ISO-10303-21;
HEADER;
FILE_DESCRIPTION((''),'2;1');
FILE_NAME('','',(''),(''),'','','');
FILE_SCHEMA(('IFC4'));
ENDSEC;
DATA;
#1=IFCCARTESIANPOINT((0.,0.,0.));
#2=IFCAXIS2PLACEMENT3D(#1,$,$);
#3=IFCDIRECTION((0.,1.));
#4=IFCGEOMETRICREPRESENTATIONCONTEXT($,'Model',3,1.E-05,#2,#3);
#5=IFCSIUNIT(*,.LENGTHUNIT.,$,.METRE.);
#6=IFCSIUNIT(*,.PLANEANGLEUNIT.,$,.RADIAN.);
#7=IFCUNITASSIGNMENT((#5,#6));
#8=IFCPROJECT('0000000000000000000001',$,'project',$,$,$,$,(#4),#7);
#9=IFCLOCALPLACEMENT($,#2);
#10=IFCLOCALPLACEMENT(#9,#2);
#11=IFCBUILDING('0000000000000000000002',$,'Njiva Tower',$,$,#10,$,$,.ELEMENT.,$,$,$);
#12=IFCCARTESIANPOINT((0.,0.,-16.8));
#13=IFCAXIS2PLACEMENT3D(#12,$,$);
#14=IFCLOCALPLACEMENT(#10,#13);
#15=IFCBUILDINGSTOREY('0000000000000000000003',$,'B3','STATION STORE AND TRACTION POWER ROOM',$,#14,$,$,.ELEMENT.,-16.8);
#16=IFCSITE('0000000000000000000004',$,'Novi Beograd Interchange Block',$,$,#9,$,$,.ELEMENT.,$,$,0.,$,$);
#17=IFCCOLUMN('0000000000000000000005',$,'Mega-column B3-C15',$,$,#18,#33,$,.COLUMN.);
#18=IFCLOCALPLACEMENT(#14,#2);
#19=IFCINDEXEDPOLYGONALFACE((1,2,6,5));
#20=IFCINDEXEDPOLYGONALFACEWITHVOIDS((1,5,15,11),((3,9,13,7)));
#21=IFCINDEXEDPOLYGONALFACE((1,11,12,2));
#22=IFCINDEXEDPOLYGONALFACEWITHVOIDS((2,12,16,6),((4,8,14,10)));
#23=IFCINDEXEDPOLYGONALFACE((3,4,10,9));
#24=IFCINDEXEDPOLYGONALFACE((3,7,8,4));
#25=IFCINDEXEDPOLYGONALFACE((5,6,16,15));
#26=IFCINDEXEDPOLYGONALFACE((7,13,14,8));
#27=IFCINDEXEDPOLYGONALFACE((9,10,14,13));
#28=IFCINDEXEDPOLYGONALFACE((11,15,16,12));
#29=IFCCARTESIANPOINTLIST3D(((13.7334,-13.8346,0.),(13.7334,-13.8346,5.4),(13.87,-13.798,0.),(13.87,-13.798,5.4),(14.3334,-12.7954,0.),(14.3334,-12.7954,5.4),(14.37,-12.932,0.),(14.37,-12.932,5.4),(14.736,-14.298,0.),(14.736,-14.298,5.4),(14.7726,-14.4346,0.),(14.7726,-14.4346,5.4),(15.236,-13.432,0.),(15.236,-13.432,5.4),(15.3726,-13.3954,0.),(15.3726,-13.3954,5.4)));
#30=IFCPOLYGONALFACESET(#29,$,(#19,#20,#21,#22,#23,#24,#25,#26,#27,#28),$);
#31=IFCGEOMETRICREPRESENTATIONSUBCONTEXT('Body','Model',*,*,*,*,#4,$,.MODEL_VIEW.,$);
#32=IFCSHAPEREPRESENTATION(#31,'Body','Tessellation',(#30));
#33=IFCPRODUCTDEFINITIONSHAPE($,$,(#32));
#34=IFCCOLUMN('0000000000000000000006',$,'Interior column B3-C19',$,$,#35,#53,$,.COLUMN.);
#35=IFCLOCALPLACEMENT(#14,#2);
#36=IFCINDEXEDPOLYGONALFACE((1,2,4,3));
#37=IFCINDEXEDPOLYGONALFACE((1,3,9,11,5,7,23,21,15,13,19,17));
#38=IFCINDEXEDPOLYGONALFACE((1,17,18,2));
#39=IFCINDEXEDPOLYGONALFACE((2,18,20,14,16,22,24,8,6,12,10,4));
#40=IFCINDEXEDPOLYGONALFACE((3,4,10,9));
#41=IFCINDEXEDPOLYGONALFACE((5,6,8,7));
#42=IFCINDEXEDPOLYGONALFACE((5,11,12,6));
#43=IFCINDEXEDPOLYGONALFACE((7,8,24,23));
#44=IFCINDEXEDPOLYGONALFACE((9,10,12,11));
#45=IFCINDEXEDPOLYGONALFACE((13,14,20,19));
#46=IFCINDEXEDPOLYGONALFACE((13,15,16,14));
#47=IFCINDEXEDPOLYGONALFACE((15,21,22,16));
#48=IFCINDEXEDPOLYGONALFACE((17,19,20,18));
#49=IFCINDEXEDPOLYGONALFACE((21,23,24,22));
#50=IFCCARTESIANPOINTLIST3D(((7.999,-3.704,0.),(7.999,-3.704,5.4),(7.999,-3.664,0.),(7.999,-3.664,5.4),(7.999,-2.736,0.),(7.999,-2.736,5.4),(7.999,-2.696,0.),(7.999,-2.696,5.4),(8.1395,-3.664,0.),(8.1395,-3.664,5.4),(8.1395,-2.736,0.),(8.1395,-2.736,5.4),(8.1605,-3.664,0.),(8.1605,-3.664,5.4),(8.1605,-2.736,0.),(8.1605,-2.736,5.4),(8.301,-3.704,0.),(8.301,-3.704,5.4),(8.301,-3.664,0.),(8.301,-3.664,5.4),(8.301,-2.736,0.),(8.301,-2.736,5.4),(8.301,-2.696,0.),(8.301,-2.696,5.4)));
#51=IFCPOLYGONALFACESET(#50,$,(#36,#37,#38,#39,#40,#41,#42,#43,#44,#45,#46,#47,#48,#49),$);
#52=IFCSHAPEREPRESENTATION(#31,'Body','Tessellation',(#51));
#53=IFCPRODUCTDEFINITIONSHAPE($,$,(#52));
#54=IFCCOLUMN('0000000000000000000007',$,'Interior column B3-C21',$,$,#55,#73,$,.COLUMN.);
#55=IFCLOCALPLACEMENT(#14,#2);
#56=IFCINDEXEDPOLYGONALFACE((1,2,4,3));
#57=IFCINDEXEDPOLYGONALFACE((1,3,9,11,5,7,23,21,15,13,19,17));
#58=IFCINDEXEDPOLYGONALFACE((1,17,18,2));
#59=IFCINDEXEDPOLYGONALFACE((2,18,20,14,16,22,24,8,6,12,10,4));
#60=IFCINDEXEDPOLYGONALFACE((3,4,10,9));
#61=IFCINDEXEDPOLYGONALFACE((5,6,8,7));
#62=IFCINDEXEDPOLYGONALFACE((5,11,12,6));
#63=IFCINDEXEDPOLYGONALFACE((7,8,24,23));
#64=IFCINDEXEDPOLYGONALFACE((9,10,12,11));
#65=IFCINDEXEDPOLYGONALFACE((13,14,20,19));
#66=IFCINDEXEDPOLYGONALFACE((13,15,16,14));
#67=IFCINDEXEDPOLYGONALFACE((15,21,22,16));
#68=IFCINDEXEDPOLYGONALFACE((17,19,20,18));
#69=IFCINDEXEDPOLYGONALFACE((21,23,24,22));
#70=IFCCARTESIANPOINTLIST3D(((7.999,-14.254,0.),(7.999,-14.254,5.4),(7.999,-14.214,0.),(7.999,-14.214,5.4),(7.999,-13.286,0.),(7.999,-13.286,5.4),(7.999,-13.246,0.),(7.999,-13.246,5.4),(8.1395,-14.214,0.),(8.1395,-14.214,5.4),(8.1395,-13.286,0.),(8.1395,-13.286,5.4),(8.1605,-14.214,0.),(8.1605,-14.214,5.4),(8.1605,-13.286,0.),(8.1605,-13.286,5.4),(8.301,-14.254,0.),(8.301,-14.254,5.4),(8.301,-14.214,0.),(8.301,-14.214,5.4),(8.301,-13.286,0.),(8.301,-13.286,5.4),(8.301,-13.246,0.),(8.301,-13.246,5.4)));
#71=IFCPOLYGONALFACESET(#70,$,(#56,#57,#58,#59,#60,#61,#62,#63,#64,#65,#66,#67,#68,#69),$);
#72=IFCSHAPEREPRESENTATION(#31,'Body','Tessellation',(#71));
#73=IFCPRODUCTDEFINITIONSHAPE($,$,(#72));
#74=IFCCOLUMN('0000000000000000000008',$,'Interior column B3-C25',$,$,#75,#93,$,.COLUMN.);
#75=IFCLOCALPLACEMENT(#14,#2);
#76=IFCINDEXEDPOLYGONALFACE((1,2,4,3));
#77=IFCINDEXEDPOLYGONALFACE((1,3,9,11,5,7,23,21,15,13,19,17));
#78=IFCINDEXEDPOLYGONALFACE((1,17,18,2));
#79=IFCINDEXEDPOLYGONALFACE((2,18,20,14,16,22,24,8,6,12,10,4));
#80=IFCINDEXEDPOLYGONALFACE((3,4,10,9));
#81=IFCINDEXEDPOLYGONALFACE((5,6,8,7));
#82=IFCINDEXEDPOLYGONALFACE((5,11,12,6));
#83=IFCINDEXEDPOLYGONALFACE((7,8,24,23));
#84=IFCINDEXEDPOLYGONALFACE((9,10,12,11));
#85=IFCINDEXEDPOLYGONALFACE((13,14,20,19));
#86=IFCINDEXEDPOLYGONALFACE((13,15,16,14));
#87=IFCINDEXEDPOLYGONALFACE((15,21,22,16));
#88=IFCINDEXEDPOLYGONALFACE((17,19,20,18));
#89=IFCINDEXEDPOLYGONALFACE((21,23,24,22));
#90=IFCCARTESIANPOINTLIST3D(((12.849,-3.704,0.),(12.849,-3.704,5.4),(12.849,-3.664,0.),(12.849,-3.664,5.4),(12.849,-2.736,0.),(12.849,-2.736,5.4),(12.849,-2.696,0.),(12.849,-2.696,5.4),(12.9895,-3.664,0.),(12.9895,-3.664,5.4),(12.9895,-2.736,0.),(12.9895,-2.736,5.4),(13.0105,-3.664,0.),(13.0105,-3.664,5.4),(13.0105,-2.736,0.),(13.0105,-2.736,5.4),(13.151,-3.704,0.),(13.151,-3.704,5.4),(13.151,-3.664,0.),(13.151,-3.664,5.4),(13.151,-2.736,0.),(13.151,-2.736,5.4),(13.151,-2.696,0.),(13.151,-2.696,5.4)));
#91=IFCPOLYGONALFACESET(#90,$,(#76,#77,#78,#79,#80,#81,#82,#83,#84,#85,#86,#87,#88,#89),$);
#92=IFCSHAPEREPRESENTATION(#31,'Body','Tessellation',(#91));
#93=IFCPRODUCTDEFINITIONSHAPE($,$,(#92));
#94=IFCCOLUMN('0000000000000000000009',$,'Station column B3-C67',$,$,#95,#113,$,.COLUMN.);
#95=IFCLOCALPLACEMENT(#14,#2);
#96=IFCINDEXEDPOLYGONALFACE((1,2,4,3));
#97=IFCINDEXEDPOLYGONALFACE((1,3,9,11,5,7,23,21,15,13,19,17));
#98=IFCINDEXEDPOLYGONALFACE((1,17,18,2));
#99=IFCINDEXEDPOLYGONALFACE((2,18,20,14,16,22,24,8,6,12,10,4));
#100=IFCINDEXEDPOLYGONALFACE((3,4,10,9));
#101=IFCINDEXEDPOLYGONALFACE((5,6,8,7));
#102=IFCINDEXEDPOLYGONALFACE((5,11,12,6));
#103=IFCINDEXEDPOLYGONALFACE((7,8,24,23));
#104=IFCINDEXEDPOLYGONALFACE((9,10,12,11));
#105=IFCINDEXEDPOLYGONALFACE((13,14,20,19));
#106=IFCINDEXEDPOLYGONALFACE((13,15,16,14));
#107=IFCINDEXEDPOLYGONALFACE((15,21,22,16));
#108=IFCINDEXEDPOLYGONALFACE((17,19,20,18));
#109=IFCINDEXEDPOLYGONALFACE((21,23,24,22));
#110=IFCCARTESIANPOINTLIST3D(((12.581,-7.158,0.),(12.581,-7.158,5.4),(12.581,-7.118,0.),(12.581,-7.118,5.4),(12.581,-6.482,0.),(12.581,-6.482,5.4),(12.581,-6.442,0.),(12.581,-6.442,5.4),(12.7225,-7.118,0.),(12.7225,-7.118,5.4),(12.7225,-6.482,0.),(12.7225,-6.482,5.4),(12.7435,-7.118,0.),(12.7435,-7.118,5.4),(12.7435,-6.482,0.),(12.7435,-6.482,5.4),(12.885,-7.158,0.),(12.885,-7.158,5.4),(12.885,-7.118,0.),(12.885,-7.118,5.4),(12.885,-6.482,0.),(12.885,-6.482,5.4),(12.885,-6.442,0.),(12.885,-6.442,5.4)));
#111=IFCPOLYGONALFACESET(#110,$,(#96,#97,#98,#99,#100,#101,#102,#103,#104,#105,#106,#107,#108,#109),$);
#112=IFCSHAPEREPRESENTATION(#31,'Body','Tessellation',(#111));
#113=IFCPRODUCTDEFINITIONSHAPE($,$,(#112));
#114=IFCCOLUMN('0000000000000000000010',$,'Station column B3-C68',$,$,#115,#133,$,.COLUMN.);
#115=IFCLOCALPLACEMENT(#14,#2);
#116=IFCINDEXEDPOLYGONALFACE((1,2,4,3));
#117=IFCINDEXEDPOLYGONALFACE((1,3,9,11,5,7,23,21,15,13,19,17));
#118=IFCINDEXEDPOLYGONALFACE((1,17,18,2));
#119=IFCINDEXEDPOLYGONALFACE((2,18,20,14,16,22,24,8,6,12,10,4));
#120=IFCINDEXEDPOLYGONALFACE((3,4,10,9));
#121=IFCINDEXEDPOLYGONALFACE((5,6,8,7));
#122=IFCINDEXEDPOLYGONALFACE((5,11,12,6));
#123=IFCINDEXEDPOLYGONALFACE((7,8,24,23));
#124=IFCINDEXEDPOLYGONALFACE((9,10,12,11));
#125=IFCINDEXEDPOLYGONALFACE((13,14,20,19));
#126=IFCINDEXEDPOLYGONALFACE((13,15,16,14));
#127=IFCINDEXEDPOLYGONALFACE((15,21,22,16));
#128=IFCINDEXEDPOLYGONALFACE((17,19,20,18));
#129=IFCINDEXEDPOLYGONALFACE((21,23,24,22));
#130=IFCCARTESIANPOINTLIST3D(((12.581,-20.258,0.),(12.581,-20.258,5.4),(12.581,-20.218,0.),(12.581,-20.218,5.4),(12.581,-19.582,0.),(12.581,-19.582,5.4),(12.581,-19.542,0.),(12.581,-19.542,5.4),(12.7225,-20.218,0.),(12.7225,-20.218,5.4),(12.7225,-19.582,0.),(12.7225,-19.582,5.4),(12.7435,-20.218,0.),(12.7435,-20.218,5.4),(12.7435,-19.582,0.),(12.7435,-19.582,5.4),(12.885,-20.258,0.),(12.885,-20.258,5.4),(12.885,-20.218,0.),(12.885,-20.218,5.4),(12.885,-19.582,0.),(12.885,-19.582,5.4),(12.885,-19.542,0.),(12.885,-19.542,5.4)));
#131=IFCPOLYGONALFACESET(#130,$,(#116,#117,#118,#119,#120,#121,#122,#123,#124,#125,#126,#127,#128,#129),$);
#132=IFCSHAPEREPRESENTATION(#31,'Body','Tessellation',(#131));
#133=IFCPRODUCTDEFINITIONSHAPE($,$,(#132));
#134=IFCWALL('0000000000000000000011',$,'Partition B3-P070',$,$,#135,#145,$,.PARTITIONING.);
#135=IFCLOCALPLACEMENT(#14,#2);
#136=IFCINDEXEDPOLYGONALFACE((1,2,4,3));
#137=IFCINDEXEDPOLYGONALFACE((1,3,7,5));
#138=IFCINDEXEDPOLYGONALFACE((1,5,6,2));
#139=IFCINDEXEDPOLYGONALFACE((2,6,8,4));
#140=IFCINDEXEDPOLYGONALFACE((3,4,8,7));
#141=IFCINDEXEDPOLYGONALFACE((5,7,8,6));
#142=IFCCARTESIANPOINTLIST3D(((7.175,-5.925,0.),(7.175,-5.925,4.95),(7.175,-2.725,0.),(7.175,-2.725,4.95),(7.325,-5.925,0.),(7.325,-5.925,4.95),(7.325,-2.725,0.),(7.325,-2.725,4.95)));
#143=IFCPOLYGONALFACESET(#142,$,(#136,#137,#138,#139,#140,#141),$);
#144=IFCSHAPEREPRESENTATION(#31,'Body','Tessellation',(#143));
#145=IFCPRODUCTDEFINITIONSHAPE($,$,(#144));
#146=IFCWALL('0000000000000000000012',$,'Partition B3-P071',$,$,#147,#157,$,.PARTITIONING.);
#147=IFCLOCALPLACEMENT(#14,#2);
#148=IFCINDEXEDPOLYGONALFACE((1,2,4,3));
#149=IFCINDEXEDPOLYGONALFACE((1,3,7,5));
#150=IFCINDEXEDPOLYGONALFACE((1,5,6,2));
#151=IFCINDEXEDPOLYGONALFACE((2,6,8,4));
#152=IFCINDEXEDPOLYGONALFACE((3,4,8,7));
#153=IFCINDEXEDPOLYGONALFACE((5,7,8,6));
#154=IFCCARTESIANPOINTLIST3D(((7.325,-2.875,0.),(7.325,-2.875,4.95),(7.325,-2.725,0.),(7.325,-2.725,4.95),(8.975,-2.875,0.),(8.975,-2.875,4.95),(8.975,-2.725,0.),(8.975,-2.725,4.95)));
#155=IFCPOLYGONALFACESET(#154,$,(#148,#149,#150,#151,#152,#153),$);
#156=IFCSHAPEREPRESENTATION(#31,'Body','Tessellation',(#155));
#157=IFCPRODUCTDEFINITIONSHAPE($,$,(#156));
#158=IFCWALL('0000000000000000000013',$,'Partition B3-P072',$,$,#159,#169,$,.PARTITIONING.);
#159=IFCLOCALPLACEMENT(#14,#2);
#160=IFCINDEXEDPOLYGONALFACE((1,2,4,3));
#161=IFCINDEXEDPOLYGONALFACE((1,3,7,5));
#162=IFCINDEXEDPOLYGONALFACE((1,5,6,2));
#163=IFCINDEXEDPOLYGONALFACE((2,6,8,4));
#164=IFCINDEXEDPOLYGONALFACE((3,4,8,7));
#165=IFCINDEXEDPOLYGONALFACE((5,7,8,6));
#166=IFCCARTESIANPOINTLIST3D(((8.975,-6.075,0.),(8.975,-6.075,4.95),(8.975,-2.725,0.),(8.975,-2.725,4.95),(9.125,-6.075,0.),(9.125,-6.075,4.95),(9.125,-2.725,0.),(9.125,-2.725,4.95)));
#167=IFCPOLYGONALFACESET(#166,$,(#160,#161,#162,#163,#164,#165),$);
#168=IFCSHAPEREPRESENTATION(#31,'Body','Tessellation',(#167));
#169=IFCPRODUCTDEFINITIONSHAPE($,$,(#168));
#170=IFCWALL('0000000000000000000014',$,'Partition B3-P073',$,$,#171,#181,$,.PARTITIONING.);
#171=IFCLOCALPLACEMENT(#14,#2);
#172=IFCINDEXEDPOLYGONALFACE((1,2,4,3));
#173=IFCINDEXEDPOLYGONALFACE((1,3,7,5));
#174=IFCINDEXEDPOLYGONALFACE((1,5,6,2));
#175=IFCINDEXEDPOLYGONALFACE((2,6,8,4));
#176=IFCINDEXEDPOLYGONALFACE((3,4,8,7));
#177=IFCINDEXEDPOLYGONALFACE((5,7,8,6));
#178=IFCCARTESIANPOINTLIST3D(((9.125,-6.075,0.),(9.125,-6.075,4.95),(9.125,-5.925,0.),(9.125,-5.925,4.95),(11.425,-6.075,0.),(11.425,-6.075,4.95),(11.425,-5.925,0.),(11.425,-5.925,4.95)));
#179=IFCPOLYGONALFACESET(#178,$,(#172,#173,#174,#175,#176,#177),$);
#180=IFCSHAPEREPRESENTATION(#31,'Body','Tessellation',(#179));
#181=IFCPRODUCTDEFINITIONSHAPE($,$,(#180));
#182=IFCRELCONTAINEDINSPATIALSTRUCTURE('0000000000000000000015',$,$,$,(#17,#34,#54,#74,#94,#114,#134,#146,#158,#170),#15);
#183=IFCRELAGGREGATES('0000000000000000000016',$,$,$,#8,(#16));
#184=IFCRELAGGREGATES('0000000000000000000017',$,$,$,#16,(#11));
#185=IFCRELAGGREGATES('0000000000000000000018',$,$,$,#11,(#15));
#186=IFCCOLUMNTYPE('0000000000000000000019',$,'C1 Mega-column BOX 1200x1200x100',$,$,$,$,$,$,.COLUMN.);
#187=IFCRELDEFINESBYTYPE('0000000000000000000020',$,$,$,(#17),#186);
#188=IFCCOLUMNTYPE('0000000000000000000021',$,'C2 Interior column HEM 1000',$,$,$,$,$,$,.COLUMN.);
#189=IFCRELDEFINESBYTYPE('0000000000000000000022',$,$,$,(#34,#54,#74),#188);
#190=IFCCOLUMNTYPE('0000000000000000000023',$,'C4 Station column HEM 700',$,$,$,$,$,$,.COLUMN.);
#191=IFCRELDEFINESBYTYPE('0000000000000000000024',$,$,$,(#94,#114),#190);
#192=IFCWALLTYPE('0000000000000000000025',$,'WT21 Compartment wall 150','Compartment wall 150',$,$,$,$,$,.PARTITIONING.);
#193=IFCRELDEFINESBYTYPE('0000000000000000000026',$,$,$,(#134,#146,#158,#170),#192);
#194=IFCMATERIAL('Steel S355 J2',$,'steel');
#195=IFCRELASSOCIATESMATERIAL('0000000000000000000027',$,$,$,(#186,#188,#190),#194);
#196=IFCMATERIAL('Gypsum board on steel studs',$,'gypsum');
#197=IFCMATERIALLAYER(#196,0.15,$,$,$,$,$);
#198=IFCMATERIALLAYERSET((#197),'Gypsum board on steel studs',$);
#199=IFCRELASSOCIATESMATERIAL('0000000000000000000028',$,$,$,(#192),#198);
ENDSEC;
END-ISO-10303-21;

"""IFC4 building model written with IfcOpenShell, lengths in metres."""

from ifc_helpers import new_model, si_unit, direction, frame, frame_2d, origin, origin_2d, place, context, subcontext, project, spatial, rectangle, hollow_rectangle, i_section, extrude, material, layer, layer_set, material_profile, profile_set, type_object, element, save


model = new_model("IFC4")

# Units and contexts
model_context = context("Model", 3, precision=1e-05, world=origin(), true_north=direction((0.0, 1.0)))
body_context = subcontext(model_context, "Body", "Model", "MODEL_VIEW")
ifc_project = project(units=[si_unit("LENGTHUNIT", "METRE"), si_unit("PLANEANGLEUNIT", "RADIAN")], contexts=[model_context])

# Site, building, storey
site_placement = place(None, origin())
site = spatial("IfcSite", under=ifc_project, at=site_placement, Name="Novi Beograd Interchange Block", CompositionType="ELEMENT", RefElevation=0.0)
building_placement = place(site_placement, origin())
building = spatial("IfcBuilding", under=site, at=building_placement, Name="Njiva Tower", CompositionType="ELEMENT")
storey_placement = place(building_placement, frame((0.0, 0.0, -16.8)))
storey = spatial("IfcBuildingStorey", under=building, at=storey_placement, Name="B3", Description="STATION STORE AND TRACTION POWER ROOM", CompositionType="ELEMENT", Elevation=-16.8)

# Columns
ifc_material_1 = material(Name="Steel S355 J2", Category="steel")
ifc_material_profile_1 = material_profile(ifc_material_1, hollow_rectangle(XDim=1.2, YDim=1.2, WallThickness=0.1, at=origin_2d()), Name="BOX 1200x1200x100")
ifc_profile_set_1 = profile_set([ifc_material_profile_1], Name="Steel S355 J2")
column_type_1 = type_object("IfcColumnType", Name="C1 Mega-column BOX 1200x1200x100", PredefinedType="COLUMN", material=ifc_profile_set_1)
column_placement = place(storey_placement, frame((14.553, -13.615, 0.0), z_axis=(0.0, 0.0, 1.0), x_axis=(0.5, 0.866025, 0.0)))
element("IfcColumn", 1, at=column_placement, inside=storey, type_object=column_type_1, Name="Mega-column B3-C15", PredefinedType="COLUMN", context=body_context, shape_type="SweptSolid", body=[
    extrude(hollow_rectangle(XDim=1.2, YDim=1.2, WallThickness=0.1, at=origin_2d()), origin(), (0.0, 0.0, 1.0), 5.4),
])
ifc_material_profile_2 = material_profile(ifc_material_1, i_section(OverallWidth=0.302, OverallDepth=1.008, WebThickness=0.021, FlangeThickness=0.04, at=origin_2d()), Name="HEM 1000")
ifc_profile_set_2 = profile_set([ifc_material_profile_2], Name="Steel S355 J2")
column_type_2 = type_object("IfcColumnType", Name="C2 Interior column HEM 1000", PredefinedType="COLUMN", material=ifc_profile_set_2)
for number, where, z_axis, x_axis, name in (
    (2, (8.15, -3.2, 0.0), (0.0, 0.0, 1.0), (1.0, 0.0, 0.0), "Interior column B3-C19"),
    (3, (8.15, -13.75, 0.0), (0.0, 0.0, 1.0), (1.0, 0.0, 0.0), "Interior column B3-C21"),
    (4, (13.0, -3.2, 0.0), (0.0, 0.0, 1.0), (1.0, 0.0, 0.0), "Interior column B3-C25"),
):
    element("IfcColumn", number, at=place(storey_placement, frame(where, z_axis=z_axis, x_axis=x_axis)), inside=storey, type_object=column_type_2, Name=name, PredefinedType="COLUMN", context=body_context, shape_type="SweptSolid", body=[
        extrude(i_section(OverallWidth=0.302, OverallDepth=1.008, WebThickness=0.021, FlangeThickness=0.04, at=origin_2d()), origin(), (0.0, 0.0, 1.0), 5.4),
    ])
ifc_material_profile_3 = material_profile(ifc_material_1, i_section(OverallWidth=0.304, OverallDepth=0.716, WebThickness=0.021, FlangeThickness=0.04, at=origin_2d()), Name="HEM 700")
ifc_profile_set_3 = profile_set([ifc_material_profile_3], Name="Steel S355 J2")
column_type_3 = type_object("IfcColumnType", Name="C4 Station column HEM 700", PredefinedType="COLUMN", material=ifc_profile_set_3)
for number, where, z_axis, x_axis, name in (
    (5, (12.733, -6.8, 0.0), (0.0, 0.0, 1.0), (1.0, 0.0, 0.0), "Station column B3-C67"),
    (6, (12.733, -19.9, 0.0), (0.0, 0.0, 1.0), (1.0, 0.0, 0.0), "Station column B3-C68"),
):
    element("IfcColumn", number, at=place(storey_placement, frame(where, z_axis=z_axis, x_axis=x_axis)), inside=storey, type_object=column_type_3, Name=name, PredefinedType="COLUMN", context=body_context, shape_type="SweptSolid", body=[
        extrude(i_section(OverallWidth=0.304, OverallDepth=0.716, WebThickness=0.021, FlangeThickness=0.04, at=origin_2d()), origin(), (0.0, 0.0, 1.0), 5.4),
    ])

# Walls
ifc_material_2 = material(Name="Gypsum board on steel studs", Category="gypsum")
ifc_layer_1 = layer(ifc_material_2, 0.15)
ifc_layer_set_1 = layer_set([ifc_layer_1], Name="Gypsum board on steel studs")
wall_type_1 = type_object("IfcWallType", Name="WT21 Compartment wall 150", Description="Compartment wall 150", PredefinedType="PARTITIONING", material=ifc_layer_set_1)
wall_1_placement = place(storey_placement, frame((7.25, -5.925, 0.0), z_axis=(0.0, 0.0, 1.0), x_axis=(0.0, 1.0, 0.0)))
element("IfcWall", 7, at=wall_1_placement, inside=storey, type_object=wall_type_1, Name="Partition B3-P070", PredefinedType="PARTITIONING", context=body_context, shape_type="SweptSolid", body=[
    extrude(rectangle(XDim=3.2, YDim=0.15, at=frame_2d((1.6, 0.0))), origin(), (0.0, 0.0, 1.0), 4.95),
])
wall_2_placement = place(storey_placement, frame((7.325, -2.8, 0.0), z_axis=(0.0, 0.0, 1.0), x_axis=(1.0, 0.0, 0.0)))
element("IfcWall", 8, at=wall_2_placement, inside=storey, type_object=wall_type_1, Name="Partition B3-P071", PredefinedType="PARTITIONING", context=body_context, shape_type="SweptSolid", body=[
    extrude(rectangle(XDim=1.65, YDim=0.15, at=frame_2d((0.825, 0.0))), origin(), (0.0, 0.0, 1.0), 4.95),
])
wall_3_placement = place(storey_placement, frame((9.05, -6.075, 0.0), z_axis=(0.0, 0.0, 1.0), x_axis=(0.0, 1.0, 0.0)))
element("IfcWall", 9, at=wall_3_placement, inside=storey, type_object=wall_type_1, Name="Partition B3-P072", PredefinedType="PARTITIONING", context=body_context, shape_type="SweptSolid", body=[
    extrude(rectangle(XDim=3.35, YDim=0.15, at=frame_2d((1.675, 0.0))), origin(), (0.0, 0.0, 1.0), 4.95),
])
wall_4_placement = place(storey_placement, frame((9.125, -6.0, 0.0), z_axis=(0.0, 0.0, 1.0), x_axis=(1.0, 0.0, 0.0)))
element("IfcWall", 10, at=wall_4_placement, inside=storey, type_object=wall_type_1, Name="Partition B3-P073", PredefinedType="PARTITIONING", context=body_context, shape_type="SweptSolid", body=[
    extrude(rectangle(XDim=2.3, YDim=0.15, at=frame_2d((1.15, 0.0))), origin(), (0.0, 0.0, 1.0), 4.95),
])

save(model, "model.ifc")
